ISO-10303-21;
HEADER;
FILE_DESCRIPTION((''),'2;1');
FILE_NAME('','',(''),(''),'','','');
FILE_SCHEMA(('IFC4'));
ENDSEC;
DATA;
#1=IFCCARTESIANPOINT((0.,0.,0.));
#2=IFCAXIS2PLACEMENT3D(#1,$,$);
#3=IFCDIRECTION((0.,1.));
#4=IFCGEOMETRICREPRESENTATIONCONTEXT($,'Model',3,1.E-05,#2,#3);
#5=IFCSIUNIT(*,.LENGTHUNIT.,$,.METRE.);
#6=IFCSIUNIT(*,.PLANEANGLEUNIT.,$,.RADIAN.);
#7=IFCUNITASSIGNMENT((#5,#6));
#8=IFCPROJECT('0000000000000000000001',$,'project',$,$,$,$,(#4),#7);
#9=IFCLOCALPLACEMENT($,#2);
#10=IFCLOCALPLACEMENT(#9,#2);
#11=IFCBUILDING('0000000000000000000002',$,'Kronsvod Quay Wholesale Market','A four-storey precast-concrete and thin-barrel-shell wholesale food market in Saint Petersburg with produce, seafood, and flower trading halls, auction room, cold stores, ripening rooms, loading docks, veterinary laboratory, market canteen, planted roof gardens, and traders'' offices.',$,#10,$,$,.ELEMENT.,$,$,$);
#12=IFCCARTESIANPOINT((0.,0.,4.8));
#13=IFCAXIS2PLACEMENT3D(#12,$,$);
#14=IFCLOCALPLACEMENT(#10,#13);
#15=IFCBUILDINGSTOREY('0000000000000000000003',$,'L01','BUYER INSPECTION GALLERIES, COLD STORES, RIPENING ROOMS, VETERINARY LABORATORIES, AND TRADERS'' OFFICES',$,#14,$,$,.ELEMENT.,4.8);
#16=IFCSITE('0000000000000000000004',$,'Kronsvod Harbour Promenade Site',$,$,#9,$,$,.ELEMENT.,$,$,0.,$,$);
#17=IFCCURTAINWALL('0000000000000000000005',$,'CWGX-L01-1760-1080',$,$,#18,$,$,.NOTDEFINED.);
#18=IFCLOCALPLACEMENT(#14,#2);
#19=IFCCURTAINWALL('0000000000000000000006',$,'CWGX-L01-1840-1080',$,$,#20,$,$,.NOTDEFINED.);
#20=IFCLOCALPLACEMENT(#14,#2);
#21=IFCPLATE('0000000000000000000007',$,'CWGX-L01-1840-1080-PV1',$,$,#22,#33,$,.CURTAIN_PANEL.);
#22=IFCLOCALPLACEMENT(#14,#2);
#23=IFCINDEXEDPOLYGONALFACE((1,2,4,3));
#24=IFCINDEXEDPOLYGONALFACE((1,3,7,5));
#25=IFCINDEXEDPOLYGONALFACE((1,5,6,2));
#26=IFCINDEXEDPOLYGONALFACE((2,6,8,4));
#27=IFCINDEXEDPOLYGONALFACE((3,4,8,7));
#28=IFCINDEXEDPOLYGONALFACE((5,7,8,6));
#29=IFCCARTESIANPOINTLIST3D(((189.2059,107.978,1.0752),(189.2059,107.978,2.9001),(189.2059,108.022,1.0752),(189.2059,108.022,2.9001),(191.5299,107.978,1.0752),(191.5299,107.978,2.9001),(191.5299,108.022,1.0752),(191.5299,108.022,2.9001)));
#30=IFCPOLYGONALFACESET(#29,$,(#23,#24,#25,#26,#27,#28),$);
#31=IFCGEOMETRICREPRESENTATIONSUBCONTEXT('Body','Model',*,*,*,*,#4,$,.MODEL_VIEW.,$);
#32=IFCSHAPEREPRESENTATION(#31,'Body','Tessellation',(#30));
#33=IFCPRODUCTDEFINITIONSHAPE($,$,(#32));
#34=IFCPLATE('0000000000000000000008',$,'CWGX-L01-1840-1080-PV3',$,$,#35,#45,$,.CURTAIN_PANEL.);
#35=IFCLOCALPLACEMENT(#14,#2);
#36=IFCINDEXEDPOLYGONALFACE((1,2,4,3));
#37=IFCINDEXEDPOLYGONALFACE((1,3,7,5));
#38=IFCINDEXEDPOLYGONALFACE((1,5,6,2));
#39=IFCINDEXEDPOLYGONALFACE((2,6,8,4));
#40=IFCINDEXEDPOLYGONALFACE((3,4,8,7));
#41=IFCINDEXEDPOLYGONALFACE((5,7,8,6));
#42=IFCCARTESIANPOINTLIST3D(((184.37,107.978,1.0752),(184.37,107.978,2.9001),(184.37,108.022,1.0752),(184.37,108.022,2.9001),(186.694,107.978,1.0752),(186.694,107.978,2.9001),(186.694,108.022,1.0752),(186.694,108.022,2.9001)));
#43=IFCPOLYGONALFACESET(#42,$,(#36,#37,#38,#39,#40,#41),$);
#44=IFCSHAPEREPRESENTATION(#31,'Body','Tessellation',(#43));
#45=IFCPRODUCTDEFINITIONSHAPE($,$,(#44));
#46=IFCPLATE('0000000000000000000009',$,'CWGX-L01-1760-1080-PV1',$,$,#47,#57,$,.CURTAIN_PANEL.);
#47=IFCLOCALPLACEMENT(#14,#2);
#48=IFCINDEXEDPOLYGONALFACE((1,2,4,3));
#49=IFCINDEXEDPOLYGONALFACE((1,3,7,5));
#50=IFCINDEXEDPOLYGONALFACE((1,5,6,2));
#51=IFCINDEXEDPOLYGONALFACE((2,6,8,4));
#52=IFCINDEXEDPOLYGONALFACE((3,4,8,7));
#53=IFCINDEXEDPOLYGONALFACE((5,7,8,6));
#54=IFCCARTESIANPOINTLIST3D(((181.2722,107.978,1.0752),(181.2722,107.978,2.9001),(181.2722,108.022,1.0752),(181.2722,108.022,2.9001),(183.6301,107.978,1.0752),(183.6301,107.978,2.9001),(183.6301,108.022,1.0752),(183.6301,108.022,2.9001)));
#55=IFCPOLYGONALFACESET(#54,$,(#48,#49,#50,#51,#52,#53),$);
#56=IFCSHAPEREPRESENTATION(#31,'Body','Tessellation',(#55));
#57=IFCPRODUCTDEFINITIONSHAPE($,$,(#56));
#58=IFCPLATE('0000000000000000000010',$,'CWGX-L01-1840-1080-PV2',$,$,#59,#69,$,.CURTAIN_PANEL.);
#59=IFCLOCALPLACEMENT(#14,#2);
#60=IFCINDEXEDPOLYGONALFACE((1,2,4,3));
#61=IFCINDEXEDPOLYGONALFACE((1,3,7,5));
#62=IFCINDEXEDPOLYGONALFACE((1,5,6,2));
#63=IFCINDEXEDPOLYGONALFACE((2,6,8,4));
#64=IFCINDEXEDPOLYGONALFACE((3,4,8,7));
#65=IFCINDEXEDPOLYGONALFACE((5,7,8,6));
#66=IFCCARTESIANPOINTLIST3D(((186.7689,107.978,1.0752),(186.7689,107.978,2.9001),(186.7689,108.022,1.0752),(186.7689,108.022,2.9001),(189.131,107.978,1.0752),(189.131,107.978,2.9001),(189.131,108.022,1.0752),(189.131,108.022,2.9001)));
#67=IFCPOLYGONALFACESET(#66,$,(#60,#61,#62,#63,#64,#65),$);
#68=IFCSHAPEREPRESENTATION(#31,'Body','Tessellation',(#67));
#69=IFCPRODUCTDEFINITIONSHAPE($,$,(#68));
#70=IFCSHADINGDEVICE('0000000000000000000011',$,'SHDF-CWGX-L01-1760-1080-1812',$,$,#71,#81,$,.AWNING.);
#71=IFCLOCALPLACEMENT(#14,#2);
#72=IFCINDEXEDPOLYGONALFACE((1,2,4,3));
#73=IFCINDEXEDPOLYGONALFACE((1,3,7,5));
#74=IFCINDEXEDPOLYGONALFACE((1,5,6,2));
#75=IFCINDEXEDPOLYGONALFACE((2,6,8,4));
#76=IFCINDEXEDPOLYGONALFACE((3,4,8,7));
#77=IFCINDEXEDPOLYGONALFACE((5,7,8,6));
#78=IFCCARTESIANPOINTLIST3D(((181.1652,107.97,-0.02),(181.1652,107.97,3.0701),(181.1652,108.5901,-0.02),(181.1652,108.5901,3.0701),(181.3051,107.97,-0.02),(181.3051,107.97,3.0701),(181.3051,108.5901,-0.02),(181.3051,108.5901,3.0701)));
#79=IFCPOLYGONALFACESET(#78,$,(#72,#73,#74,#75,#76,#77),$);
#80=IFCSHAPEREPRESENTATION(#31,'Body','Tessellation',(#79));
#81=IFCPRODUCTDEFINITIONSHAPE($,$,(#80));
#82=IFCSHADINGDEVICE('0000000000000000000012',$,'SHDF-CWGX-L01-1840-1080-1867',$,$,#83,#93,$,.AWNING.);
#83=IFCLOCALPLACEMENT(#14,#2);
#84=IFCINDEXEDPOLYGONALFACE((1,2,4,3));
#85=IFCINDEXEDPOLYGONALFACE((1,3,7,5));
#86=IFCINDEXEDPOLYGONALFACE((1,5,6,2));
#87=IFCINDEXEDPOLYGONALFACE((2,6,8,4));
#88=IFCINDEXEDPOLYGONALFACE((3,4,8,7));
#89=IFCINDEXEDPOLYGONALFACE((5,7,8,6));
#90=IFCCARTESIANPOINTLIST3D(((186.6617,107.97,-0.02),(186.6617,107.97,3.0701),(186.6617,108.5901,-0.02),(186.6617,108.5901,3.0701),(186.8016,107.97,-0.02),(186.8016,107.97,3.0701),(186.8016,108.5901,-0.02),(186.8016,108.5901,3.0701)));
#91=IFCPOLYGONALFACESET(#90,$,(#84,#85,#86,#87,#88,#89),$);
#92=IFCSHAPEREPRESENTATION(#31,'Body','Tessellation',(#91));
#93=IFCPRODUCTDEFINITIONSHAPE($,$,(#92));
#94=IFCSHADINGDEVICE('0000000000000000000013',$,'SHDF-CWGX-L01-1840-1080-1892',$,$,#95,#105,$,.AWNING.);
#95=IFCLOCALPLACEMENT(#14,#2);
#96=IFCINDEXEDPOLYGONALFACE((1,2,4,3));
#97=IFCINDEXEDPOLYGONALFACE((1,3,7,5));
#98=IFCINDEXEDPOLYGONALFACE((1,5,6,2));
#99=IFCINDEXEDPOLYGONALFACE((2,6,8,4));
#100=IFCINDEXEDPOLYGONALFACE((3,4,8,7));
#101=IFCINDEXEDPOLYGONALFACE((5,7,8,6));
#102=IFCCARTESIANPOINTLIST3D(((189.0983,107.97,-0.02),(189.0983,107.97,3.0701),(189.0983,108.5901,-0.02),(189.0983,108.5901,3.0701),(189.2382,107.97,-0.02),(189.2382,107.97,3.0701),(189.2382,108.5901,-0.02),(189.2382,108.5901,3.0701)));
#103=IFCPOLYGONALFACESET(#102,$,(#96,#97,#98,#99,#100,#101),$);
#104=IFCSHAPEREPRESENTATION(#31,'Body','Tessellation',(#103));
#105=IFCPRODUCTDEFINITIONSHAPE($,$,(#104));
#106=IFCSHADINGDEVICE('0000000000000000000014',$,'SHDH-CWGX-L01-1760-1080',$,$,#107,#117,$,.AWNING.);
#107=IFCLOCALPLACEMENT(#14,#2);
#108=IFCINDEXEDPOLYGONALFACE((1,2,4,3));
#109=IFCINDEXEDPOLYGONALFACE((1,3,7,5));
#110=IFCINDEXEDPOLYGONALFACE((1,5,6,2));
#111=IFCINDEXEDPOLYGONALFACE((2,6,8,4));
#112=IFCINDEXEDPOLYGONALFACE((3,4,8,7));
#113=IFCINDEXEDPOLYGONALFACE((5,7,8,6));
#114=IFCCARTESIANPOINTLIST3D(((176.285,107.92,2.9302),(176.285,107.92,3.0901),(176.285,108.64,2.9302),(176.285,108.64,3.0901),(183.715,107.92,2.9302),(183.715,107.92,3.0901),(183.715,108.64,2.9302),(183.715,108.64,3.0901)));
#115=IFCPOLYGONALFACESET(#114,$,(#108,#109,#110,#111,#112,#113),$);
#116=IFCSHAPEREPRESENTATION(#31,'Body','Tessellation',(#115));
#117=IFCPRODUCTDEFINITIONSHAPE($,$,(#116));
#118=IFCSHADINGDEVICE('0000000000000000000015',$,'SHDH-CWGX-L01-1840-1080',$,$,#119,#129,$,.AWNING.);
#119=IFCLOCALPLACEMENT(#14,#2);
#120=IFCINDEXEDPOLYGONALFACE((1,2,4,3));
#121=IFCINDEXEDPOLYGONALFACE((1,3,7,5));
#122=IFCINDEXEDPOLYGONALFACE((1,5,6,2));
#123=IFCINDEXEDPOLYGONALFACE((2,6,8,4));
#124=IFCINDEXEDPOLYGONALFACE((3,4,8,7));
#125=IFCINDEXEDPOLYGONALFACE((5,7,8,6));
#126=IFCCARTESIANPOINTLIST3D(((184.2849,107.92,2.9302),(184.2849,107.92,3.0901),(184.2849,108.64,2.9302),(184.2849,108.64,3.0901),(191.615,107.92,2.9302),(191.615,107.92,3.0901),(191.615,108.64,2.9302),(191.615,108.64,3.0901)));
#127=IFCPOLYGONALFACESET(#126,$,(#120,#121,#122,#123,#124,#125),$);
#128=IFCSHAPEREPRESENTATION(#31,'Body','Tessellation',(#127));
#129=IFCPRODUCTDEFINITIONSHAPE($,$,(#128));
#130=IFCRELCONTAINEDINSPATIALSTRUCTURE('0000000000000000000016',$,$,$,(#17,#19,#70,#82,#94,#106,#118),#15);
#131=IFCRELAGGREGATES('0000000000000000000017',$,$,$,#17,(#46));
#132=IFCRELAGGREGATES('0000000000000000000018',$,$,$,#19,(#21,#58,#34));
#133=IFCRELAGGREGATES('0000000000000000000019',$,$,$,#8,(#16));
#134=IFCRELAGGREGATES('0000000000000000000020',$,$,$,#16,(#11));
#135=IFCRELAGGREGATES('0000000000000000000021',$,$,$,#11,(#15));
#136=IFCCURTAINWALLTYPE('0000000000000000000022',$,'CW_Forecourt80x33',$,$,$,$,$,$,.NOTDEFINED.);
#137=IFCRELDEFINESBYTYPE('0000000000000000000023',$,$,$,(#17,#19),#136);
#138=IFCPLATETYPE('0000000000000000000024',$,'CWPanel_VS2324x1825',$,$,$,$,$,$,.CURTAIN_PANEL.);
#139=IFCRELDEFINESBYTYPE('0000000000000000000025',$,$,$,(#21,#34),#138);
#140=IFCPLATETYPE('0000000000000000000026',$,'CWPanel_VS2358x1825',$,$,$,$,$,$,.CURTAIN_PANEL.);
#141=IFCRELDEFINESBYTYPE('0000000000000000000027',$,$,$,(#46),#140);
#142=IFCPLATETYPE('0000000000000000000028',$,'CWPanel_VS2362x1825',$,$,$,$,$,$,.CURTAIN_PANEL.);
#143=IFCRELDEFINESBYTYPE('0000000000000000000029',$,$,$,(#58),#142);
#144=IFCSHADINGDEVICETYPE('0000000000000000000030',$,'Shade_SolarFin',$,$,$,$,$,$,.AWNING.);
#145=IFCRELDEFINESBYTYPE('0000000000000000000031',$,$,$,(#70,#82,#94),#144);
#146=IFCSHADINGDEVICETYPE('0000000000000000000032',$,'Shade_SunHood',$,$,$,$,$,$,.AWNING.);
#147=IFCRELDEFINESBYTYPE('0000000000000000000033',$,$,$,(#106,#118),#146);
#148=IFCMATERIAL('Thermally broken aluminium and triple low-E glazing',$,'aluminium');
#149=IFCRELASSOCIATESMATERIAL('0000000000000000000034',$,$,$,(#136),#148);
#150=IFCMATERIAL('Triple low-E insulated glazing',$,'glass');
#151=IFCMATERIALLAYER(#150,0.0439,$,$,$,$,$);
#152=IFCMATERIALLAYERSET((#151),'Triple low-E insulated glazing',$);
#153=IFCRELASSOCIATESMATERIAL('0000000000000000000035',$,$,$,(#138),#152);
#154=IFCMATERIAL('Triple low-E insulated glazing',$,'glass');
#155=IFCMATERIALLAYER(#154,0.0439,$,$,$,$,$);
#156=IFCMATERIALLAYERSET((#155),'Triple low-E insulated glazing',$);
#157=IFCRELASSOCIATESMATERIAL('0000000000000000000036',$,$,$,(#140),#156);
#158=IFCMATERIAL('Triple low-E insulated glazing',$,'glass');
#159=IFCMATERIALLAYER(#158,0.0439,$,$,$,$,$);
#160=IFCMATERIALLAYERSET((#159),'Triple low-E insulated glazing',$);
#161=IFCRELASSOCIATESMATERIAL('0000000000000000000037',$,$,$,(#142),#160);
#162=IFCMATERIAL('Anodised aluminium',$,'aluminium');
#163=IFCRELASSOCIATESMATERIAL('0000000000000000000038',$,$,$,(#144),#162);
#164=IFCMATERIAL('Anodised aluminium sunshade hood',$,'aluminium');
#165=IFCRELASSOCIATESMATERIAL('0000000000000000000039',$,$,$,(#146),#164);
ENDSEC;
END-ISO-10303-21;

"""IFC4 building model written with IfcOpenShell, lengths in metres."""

from ifc_helpers import new_model, si_unit, direction, frame, origin, origin_2d, place, context, subcontext, project, spatial, rectangle, extrude, material, layer, layer_set, type_object, element, aggregate, save


model = new_model("IFC4")

# Units and contexts
model_context = context("Model", 3, precision=1e-05, world=origin(), true_north=direction((0.0, 1.0)))
body_context = subcontext(model_context, "Body", "Model", "MODEL_VIEW")
ifc_project = project(units=[si_unit("LENGTHUNIT", "METRE"), si_unit("PLANEANGLEUNIT", "RADIAN")], contexts=[model_context])

# Site, building, storey
site_placement = place(None, origin())
site = spatial("IfcSite", under=ifc_project, at=site_placement, Name="Kronsvod Harbour Promenade Site", CompositionType="ELEMENT", RefElevation=0.0)
building_placement = place(site_placement, origin())
building = spatial("IfcBuilding", under=site, at=building_placement, Name="Kronsvod Quay Wholesale Market", Description="A four-storey precast-concrete and thin-barrel-shell wholesale food market in Saint Petersburg with produce, seafood, and flower trading halls, auction room, cold stores, ripening rooms, loading docks, veterinary laboratory, market canteen, planted roof gardens, and traders' offices.", CompositionType="ELEMENT")
storey_placement = place(building_placement, frame((0.0, 0.0, 4.8)))
storey = spatial("IfcBuildingStorey", under=building, at=storey_placement, Name="L01", Description="BUYER INSPECTION GALLERIES, COLD STORES, RIPENING ROOMS, VETERINARY LABORATORIES, AND TRADERS' OFFICES", CompositionType="ELEMENT", Elevation=4.8)

# Curtain walls
ifc_material_1 = material(Name="Thermally broken aluminium and triple low-E glazing", Category="aluminium")
curtain_wall_type = type_object("IfcCurtainWallType", Name="CW_Forecourt80x33", PredefinedType="NOTDEFINED", material=ifc_material_1)
curtain_wall_1_placement = place(storey_placement, origin())
curtain_wall_1 = element("IfcCurtainWall", 1, at=curtain_wall_1_placement, inside=storey, type_object=curtain_wall_type, Name="CWGX-L01-1760-1080", PredefinedType="NOTDEFINED")
curtain_wall_2_placement = place(storey_placement, origin())
curtain_wall_2 = element("IfcCurtainWall", 2, at=curtain_wall_2_placement, inside=storey, type_object=curtain_wall_type, Name="CWGX-L01-1840-1080", PredefinedType="NOTDEFINED")

# Plates
ifc_material_2 = material(Name="Triple low-E insulated glazing", Category="glass")
ifc_layer_1 = layer(ifc_material_2, 0.0439)
ifc_layer_set_1 = layer_set([ifc_layer_1], Name="Triple low-E insulated glazing")
plate_type_1 = type_object("IfcPlateType", Name="CWPanel_VS2324x1825", PredefinedType="CURTAIN_PANEL", material=ifc_layer_set_1)
plate_1_placement = place(storey_placement, frame((190.3679, 108.0, 1.0752), z_axis=(0.0, 0.0, 1.0), x_axis=(-1.0, 0.0, 0.0)))
plate_1 = element("IfcPlate", 3, at=plate_1_placement, type_object=plate_type_1, Name="CWGX-L01-1840-1080-PV1", PredefinedType="CURTAIN_PANEL", context=body_context, shape_type="SweptSolid", body=[
    extrude(rectangle(XDim=2.324, YDim=0.0439, at=origin_2d()), origin(), (0.0, 0.0, 1.0), 1.825),
])
plate_2_placement = place(storey_placement, frame((185.532, 108.0, 1.0752), z_axis=(0.0, 0.0, 1.0), x_axis=(-1.0, 0.0, 0.0)))
plate_2 = element("IfcPlate", 4, at=plate_2_placement, type_object=plate_type_1, Name="CWGX-L01-1840-1080-PV3", PredefinedType="CURTAIN_PANEL", context=body_context, shape_type="SweptSolid", body=[
    extrude(rectangle(XDim=2.324, YDim=0.0439, at=origin_2d()), origin(), (0.0, 0.0, 1.0), 1.825),
])
ifc_material_3 = material(Name="Triple low-E insulated glazing", Category="glass")
ifc_layer_2 = layer(ifc_material_3, 0.0439)
ifc_layer_set_2 = layer_set([ifc_layer_2], Name="Triple low-E insulated glazing")
plate_type_2 = type_object("IfcPlateType", Name="CWPanel_VS2358x1825", PredefinedType="CURTAIN_PANEL", material=ifc_layer_set_2)
plate_3_placement = place(storey_placement, frame((182.4512, 108.0, 1.0752), z_axis=(0.0, 0.0, 1.0), x_axis=(-1.0, 0.0, 0.0)))
plate_3 = element("IfcPlate", 5, at=plate_3_placement, type_object=plate_type_2, Name="CWGX-L01-1760-1080-PV1", PredefinedType="CURTAIN_PANEL", context=body_context, shape_type="SweptSolid", body=[
    extrude(rectangle(XDim=2.3579, YDim=0.0439, at=origin_2d()), origin(), (0.0, 0.0, 1.0), 1.825),
])
aggregate(curtain_wall_1, [plate_3])
ifc_material_4 = material(Name="Triple low-E insulated glazing", Category="glass")
ifc_layer_3 = layer(ifc_material_4, 0.0439)
ifc_layer_set_3 = layer_set([ifc_layer_3], Name="Triple low-E insulated glazing")
plate_type_3 = type_object("IfcPlateType", Name="CWPanel_VS2362x1825", PredefinedType="CURTAIN_PANEL", material=ifc_layer_set_3)
plate_4_placement = place(storey_placement, frame((187.95, 108.0, 1.0752), z_axis=(0.0, 0.0, 1.0), x_axis=(-1.0, 0.0, 0.0)))
plate_4 = element("IfcPlate", 6, at=plate_4_placement, type_object=plate_type_3, Name="CWGX-L01-1840-1080-PV2", PredefinedType="CURTAIN_PANEL", context=body_context, shape_type="SweptSolid", body=[
    extrude(rectangle(XDim=2.3621, YDim=0.0439, at=origin_2d()), origin(), (0.0, 0.0, 1.0), 1.825),
])
aggregate(curtain_wall_2, [plate_1, plate_4, plate_2])

# Shading devices
ifc_material_5 = material(Name="Anodised aluminium", Category="aluminium")
shading_device_type_1 = type_object("IfcShadingDeviceType", Name="Shade_SolarFin", PredefinedType="AWNING", material=ifc_material_5)
for number, where, z_axis, x_axis, name in (
    (7, (181.2351, 108.28, -0.02), (0.0, 0.0, 1.0), (1.0, 0.0, 0.0), "SHDF-CWGX-L01-1760-1080-1812"),
    (8, (186.7317, 108.28, -0.02), (0.0, 0.0, 1.0), (1.0, 0.0, 0.0), "SHDF-CWGX-L01-1840-1080-1867"),
    (9, (189.1682, 108.28, -0.02), (0.0, 0.0, 1.0), (1.0, 0.0, 0.0), "SHDF-CWGX-L01-1840-1080-1892"),
):
    element("IfcShadingDevice", number, at=place(storey_placement, frame(where, z_axis=z_axis, x_axis=x_axis)), inside=storey, type_object=shading_device_type_1, Name=name, PredefinedType="AWNING", context=body_context, shape_type="SweptSolid", body=[
        extrude(rectangle(XDim=0.1399, YDim=0.6201, at=origin_2d()), origin(), (0.0, 0.0, 1.0), 3.0901),
    ])
ifc_material_6 = material(Name="Anodised aluminium sunshade hood", Category="aluminium")
shading_device_type_2 = type_object("IfcShadingDeviceType", Name="Shade_SunHood", PredefinedType="AWNING", material=ifc_material_6)
shading_device_1_placement = place(storey_placement, frame((180.0, 108.28, 2.9302), z_axis=(0.0, 0.0, 1.0), x_axis=(1.0, 0.0, 0.0)))
element("IfcShadingDevice", 10, at=shading_device_1_placement, inside=storey, type_object=shading_device_type_2, Name="SHDH-CWGX-L01-1760-1080", PredefinedType="AWNING", context=body_context, shape_type="SweptSolid", body=[
    extrude(rectangle(XDim=7.4299, YDim=0.72, at=origin_2d()), origin(), (0.0, 0.0, 1.0), 0.1599),
])
shading_device_2_placement = place(storey_placement, frame((187.95, 108.28, 2.9302), z_axis=(0.0, 0.0, 1.0), x_axis=(1.0, 0.0, 0.0)))
element("IfcShadingDevice", 11, at=shading_device_2_placement, inside=storey, type_object=shading_device_type_2, Name="SHDH-CWGX-L01-1840-1080", PredefinedType="AWNING", context=body_context, shape_type="SweptSolid", body=[
    extrude(rectangle(XDim=7.3301, YDim=0.72, at=origin_2d()), origin(), (0.0, 0.0, 1.0), 0.1599),
])

save(model, "model.ifc")
